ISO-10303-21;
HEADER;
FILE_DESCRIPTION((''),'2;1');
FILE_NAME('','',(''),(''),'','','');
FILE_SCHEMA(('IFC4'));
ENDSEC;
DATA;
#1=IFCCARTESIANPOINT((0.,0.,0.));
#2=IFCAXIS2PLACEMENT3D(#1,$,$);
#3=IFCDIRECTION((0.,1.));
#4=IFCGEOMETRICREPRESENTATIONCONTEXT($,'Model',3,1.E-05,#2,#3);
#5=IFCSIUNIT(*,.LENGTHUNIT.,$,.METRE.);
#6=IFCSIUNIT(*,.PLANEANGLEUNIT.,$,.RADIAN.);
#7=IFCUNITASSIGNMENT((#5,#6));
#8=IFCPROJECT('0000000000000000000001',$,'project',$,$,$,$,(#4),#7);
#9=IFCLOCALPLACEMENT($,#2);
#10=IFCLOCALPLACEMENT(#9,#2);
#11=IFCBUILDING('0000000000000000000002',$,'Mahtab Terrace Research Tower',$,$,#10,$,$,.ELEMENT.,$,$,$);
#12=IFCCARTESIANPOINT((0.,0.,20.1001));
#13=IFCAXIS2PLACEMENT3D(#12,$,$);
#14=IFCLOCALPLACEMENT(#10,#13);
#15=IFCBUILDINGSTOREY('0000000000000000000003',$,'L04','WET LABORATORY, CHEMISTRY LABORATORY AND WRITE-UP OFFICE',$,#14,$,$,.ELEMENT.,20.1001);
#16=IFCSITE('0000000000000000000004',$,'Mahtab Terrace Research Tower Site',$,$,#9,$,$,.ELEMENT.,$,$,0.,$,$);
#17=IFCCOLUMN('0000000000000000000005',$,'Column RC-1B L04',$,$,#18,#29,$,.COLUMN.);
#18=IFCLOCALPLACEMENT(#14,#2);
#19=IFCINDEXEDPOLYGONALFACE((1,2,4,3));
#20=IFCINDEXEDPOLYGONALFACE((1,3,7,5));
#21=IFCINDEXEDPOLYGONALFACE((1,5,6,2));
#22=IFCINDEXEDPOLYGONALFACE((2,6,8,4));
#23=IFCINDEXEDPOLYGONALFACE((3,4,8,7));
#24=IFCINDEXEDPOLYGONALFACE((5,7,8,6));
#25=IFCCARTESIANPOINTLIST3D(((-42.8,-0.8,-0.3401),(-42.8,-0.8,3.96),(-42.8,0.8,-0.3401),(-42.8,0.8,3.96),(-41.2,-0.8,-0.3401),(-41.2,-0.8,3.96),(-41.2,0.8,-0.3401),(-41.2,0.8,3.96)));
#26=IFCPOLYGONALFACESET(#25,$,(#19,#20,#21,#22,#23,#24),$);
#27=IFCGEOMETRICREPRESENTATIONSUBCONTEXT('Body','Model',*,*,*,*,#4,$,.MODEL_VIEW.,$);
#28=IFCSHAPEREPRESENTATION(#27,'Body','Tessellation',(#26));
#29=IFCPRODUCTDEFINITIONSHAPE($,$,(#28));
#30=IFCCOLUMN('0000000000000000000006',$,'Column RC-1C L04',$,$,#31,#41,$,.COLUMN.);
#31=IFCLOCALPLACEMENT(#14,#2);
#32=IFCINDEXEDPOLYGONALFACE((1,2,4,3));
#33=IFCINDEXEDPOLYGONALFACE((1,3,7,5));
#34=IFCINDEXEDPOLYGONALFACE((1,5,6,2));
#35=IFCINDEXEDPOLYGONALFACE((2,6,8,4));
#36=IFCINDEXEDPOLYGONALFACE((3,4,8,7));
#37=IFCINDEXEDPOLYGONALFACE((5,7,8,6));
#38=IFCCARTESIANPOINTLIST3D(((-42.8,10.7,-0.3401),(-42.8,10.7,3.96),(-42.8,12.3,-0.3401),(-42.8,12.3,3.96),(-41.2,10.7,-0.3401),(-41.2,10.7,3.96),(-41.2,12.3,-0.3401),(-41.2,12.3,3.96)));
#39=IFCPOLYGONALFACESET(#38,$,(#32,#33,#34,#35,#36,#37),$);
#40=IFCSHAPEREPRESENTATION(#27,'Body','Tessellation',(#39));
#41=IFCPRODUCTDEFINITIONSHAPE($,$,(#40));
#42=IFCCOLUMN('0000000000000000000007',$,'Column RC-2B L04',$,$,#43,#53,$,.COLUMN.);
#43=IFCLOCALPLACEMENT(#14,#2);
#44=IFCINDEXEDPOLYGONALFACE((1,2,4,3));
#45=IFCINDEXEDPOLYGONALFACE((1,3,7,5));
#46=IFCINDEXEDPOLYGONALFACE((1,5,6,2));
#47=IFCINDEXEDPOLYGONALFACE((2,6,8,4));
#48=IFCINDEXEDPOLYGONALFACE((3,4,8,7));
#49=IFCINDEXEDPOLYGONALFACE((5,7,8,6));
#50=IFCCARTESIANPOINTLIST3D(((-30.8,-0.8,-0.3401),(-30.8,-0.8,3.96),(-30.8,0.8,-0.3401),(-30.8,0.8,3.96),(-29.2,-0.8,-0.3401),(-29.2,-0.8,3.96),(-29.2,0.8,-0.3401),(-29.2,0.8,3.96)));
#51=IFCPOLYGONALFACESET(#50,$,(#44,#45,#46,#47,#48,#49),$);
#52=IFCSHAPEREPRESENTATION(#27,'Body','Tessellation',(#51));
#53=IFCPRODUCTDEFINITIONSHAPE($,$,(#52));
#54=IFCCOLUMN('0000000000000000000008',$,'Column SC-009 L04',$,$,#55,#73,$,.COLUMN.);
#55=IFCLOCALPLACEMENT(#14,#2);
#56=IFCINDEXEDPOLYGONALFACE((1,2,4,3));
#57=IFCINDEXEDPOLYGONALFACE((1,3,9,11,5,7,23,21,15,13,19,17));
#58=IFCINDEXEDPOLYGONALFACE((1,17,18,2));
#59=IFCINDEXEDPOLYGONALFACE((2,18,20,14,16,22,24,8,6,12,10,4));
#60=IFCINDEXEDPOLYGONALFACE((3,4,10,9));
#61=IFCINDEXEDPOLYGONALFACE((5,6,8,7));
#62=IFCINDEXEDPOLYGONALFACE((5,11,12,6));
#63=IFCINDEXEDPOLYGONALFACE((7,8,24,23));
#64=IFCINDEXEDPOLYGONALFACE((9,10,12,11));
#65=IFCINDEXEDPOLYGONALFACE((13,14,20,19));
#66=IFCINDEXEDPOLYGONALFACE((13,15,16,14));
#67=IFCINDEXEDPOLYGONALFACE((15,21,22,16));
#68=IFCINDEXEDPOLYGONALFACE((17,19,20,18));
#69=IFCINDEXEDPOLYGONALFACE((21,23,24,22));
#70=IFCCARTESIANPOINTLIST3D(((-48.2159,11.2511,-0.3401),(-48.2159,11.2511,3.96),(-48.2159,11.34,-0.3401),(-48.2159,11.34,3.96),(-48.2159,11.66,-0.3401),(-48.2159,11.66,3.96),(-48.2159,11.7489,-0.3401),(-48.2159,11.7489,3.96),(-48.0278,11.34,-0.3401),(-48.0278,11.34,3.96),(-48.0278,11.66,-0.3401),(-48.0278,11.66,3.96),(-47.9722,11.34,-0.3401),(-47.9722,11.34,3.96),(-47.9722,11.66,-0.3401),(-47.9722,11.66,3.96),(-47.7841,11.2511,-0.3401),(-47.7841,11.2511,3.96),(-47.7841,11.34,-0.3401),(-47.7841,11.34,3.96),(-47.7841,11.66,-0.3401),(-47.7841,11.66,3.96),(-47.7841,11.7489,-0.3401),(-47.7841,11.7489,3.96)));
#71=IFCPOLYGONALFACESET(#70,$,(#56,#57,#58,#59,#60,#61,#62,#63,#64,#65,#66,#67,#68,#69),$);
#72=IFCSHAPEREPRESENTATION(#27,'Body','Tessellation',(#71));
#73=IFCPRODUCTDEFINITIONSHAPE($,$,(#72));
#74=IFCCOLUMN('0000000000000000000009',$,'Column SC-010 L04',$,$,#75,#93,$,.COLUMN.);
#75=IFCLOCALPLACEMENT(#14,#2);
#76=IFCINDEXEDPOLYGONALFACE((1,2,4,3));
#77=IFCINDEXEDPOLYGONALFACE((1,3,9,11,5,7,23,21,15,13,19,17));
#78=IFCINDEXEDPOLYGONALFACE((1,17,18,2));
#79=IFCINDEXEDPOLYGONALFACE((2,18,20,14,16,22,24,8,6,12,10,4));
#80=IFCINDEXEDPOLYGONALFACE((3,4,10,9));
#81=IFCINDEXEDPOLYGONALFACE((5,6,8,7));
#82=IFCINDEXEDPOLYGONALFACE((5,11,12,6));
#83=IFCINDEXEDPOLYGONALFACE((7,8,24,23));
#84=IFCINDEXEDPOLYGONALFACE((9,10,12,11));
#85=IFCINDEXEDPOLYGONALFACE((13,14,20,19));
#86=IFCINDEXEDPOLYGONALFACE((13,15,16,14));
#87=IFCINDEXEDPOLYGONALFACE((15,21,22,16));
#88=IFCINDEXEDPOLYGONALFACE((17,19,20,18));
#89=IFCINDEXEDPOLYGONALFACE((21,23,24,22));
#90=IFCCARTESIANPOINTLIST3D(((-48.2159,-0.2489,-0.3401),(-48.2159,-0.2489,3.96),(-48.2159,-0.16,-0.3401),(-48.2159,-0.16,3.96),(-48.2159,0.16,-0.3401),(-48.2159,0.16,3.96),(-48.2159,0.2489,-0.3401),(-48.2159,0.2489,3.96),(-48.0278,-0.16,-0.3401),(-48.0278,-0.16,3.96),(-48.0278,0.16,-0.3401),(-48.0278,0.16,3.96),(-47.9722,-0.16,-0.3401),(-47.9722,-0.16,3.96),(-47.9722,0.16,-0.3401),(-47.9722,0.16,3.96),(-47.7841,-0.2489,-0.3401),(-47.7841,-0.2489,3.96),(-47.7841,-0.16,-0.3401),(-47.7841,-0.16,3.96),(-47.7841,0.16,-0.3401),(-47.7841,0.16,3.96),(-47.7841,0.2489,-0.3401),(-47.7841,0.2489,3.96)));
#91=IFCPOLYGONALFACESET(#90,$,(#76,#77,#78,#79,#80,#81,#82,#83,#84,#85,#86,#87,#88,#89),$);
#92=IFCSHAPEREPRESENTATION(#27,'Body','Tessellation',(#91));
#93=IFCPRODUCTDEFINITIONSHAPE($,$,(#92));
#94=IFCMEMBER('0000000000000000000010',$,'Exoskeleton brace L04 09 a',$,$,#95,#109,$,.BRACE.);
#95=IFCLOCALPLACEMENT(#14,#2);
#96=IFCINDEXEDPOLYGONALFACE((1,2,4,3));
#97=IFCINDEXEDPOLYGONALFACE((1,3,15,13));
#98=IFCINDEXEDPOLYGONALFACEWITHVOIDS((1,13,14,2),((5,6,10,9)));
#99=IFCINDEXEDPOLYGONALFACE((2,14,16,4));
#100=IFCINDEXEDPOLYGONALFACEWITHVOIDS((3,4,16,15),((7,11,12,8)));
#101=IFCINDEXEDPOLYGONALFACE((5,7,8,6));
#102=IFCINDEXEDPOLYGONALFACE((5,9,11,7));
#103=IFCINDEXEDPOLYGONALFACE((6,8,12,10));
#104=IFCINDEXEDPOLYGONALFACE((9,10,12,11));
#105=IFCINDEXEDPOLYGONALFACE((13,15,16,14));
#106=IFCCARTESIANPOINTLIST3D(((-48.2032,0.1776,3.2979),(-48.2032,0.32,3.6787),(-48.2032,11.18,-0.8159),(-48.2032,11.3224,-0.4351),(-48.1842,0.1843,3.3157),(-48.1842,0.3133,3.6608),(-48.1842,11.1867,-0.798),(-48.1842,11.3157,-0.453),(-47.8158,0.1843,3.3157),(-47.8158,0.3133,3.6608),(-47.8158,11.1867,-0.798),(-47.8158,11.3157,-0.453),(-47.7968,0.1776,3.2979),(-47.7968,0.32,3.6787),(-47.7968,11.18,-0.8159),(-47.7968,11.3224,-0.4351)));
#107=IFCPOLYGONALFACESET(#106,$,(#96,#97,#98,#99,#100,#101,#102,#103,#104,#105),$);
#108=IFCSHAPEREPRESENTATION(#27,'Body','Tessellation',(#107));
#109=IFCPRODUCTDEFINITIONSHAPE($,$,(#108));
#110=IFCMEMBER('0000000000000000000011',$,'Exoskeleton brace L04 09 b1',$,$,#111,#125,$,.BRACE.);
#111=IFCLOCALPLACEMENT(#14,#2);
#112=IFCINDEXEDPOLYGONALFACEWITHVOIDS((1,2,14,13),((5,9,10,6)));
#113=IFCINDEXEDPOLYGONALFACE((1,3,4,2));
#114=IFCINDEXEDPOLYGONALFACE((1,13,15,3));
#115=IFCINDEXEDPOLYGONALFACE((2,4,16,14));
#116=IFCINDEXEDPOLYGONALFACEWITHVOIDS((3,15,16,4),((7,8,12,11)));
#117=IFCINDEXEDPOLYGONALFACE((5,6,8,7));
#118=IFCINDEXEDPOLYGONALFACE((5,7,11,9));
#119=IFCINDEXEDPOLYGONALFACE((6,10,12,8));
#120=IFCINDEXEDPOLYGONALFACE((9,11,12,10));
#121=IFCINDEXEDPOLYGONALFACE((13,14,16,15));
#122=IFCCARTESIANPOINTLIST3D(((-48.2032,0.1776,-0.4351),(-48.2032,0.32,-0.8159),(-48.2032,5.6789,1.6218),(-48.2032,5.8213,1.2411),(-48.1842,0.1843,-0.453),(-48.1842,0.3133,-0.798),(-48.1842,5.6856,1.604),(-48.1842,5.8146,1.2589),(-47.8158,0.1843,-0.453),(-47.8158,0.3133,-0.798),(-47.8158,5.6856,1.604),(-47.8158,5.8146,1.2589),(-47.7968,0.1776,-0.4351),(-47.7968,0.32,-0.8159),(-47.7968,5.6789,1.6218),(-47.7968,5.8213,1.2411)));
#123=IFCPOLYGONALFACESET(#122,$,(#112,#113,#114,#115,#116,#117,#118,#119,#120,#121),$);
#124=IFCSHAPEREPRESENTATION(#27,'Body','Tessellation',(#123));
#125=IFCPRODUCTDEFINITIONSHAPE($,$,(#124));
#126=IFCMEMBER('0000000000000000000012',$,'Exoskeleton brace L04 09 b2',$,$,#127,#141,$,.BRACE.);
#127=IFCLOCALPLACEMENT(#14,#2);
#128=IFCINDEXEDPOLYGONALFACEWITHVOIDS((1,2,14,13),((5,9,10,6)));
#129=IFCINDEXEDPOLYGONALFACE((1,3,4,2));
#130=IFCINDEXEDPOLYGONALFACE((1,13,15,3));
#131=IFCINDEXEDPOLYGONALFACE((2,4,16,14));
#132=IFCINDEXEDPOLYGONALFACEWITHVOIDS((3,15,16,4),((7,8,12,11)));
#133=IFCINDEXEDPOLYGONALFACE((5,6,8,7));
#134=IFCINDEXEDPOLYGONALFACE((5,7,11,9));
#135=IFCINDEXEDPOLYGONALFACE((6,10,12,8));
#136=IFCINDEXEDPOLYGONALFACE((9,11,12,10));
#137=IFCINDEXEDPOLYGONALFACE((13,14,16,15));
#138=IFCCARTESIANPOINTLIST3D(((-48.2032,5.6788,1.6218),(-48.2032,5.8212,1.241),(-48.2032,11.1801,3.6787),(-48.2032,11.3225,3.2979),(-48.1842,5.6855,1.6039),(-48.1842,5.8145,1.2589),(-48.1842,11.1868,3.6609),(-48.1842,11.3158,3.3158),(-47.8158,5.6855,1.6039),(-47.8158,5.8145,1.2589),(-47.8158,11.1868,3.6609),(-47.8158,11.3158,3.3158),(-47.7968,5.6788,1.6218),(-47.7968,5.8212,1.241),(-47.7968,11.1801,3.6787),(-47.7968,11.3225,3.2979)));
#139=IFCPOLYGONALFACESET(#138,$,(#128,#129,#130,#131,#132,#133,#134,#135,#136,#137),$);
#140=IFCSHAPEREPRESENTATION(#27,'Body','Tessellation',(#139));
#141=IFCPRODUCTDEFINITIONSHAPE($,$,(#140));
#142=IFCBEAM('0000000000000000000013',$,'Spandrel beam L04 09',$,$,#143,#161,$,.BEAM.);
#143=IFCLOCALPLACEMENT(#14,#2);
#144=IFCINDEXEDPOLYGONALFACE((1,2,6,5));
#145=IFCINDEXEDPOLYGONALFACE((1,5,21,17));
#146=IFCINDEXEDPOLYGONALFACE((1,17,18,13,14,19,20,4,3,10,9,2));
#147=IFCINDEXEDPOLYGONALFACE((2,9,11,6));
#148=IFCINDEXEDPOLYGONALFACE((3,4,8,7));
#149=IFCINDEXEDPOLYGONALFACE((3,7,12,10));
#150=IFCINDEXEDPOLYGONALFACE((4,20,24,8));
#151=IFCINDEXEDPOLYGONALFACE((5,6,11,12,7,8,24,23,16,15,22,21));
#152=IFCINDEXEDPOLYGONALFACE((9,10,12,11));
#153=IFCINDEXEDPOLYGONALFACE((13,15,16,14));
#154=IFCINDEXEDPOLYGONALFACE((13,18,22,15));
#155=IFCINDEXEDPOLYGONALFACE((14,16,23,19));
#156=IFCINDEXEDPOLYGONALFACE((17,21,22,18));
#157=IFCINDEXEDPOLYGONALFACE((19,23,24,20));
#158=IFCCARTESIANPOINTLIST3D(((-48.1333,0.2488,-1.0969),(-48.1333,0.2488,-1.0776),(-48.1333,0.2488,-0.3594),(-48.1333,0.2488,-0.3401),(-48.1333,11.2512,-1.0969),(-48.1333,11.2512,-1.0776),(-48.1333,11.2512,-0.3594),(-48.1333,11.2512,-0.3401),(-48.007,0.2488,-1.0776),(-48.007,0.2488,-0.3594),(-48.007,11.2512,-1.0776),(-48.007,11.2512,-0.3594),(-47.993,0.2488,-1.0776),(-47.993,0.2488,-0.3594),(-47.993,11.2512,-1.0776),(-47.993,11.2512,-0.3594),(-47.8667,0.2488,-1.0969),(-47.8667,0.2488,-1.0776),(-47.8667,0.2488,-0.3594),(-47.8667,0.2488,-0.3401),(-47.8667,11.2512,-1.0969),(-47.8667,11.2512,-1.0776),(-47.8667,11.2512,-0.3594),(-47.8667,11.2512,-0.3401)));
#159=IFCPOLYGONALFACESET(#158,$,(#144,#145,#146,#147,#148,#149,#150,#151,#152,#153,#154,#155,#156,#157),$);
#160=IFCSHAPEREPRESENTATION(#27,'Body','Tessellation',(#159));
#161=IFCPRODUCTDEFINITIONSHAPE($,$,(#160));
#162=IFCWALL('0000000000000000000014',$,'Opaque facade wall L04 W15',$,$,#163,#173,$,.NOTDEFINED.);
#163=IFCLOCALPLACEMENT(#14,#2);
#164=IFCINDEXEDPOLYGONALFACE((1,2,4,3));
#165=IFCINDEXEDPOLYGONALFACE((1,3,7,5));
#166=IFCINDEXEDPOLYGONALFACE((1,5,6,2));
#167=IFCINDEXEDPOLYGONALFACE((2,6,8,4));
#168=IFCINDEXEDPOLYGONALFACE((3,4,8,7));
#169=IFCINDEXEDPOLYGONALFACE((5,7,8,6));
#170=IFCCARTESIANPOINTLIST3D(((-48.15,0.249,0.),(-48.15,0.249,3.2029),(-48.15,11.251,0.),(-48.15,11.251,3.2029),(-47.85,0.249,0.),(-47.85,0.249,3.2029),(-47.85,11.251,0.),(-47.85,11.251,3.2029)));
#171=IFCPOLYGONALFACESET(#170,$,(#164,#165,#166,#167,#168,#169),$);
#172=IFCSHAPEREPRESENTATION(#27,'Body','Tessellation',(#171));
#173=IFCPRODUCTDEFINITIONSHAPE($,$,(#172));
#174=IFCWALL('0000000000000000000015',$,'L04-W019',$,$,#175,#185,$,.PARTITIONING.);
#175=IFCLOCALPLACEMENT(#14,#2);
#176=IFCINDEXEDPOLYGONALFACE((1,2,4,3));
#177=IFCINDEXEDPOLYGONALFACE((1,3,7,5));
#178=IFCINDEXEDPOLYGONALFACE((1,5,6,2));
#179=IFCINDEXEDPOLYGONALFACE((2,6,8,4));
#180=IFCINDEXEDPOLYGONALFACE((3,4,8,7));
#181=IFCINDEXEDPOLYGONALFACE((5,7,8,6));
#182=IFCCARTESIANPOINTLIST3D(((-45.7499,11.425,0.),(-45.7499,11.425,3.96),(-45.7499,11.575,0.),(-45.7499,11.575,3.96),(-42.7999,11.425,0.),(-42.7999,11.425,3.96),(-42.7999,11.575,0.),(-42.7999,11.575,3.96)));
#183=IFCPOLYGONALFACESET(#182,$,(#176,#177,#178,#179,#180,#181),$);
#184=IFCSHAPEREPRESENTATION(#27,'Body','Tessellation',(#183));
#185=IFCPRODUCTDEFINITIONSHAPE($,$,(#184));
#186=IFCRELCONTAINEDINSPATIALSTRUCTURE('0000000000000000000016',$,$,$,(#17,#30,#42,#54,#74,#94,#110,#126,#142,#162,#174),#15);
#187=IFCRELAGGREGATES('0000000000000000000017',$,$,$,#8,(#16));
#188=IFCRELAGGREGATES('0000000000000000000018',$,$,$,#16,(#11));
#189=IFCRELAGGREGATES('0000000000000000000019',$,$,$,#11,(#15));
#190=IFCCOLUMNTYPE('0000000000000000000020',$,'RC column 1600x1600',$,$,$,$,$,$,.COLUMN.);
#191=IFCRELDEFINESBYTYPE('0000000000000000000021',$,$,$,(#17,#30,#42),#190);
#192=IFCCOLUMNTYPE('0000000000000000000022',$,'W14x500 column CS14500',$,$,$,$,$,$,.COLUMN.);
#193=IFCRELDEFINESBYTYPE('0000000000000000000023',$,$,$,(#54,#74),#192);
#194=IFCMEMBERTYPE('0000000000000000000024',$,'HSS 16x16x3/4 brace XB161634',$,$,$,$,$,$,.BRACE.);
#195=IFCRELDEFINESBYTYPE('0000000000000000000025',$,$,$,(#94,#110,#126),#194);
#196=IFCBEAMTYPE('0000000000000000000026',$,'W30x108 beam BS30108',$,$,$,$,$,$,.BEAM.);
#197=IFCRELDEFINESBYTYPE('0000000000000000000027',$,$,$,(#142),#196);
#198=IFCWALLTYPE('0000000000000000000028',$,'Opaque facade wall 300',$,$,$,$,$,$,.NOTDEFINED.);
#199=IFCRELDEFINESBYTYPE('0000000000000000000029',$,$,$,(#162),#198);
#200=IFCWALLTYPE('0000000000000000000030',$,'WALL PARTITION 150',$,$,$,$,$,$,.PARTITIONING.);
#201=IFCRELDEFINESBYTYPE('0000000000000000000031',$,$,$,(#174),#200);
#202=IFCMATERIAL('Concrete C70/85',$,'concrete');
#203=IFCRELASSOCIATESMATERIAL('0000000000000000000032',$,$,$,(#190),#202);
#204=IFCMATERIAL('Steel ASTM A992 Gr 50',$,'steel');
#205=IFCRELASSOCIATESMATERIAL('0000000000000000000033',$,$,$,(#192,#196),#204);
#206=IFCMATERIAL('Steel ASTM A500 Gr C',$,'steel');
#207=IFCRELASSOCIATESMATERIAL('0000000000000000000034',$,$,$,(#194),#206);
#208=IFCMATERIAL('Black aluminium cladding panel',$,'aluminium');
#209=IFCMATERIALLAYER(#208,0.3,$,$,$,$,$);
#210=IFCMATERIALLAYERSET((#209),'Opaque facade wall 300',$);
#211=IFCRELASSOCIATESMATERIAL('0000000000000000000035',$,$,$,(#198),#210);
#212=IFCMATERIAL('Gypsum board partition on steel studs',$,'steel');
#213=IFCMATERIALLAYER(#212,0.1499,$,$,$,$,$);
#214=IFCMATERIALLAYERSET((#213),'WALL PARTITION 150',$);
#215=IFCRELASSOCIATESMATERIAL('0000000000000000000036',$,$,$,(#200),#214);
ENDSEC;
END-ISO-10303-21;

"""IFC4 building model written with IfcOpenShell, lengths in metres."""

from ifc_helpers import new_model, si_unit, direction, frame, frame_2d, origin, origin_2d, place, context, subcontext, project, spatial, rectangle, hollow_rectangle, i_section, extrude, material, layer, layer_set, material_profile, profile_set, type_object, element, save


model = new_model("IFC4")

# Units and contexts
model_context = context("Model", 3, precision=1e-05, world=origin(), true_north=direction((0.0, 1.0)))
body_context = subcontext(model_context, "Body", "Model", "MODEL_VIEW")
ifc_project = project(units=[si_unit("LENGTHUNIT", "METRE"), si_unit("PLANEANGLEUNIT", "RADIAN")], contexts=[model_context])

# Site, building, storey
site_placement = place(None, origin())
site = spatial("IfcSite", under=ifc_project, at=site_placement, Name="Mahtab Terrace Research Tower Site", CompositionType="ELEMENT", RefElevation=0.0)
building_placement = place(site_placement, origin())
building = spatial("IfcBuilding", under=site, at=building_placement, Name="Mahtab Terrace Research Tower", CompositionType="ELEMENT")
storey_placement = place(building_placement, frame((0.0, 0.0, 20.1001)))
storey = spatial("IfcBuildingStorey", under=building, at=storey_placement, Name="L04", Description="WET LABORATORY, CHEMISTRY LABORATORY AND WRITE-UP OFFICE", CompositionType="ELEMENT", Elevation=20.1001)

# Columns
ifc_material_1 = material(Name="Concrete C70/85", Category="concrete")
ifc_material_profile_1 = material_profile(ifc_material_1, rectangle(XDim=1.6001, YDim=1.6001, at=origin_2d()), Name="RC column 1600x1600")
ifc_profile_set_1 = profile_set([ifc_material_profile_1], Name="Concrete C70/85")
column_type_1 = type_object("IfcColumnType", Name="RC column 1600x1600", PredefinedType="COLUMN", material=ifc_profile_set_1)
for number, where, z_axis, x_axis, name in (
    (1, (-42.0, 0.0, -0.3401), (0.0, 0.0, 1.0), (1.0, 0.0, 0.0), "Column RC-1B L04"),
    (2, (-42.0, 11.5, -0.3401), (0.0, 0.0, 1.0), (1.0, 0.0, 0.0), "Column RC-1C L04"),
    (3, (-30.0, 0.0, -0.3401), (0.0, 0.0, 1.0), (1.0, 0.0, 0.0), "Column RC-2B L04"),
):
    element("IfcColumn", number, at=place(storey_placement, frame(where, z_axis=z_axis, x_axis=x_axis)), inside=storey, type_object=column_type_1, Name=name, PredefinedType="COLUMN", context=body_context, shape_type="SweptSolid", body=[
        extrude(rectangle(XDim=1.6001, YDim=1.6001, at=origin_2d()), origin(), (0.0, 0.0, 1.0), 4.3),
    ])
ifc_material_2 = material(Name="Steel ASTM A992 Gr 50", Category="steel")
ifc_material_profile_2 = material_profile(ifc_material_2, i_section(OverallWidth=0.4319, OverallDepth=0.4978, WebThickness=0.0557, FlangeThickness=0.0889, at=origin_2d()), Name="W14X500")
ifc_profile_set_2 = profile_set([ifc_material_profile_2], Name="Steel ASTM A992 Gr 50")
column_type_2 = type_object("IfcColumnType", Name="W14x500 column CS14500", PredefinedType="COLUMN", material=ifc_profile_set_2)
for number, where, z_axis, x_axis, name in (
    (4, (-48.0, 11.5, -0.3401), (0.0, 0.0, 1.0), (1.0, 0.0, 0.0), "Column SC-009 L04"),
    (5, (-48.0, 0.0, -0.3401), (0.0, 0.0, 1.0), (1.0, 0.0, 0.0), "Column SC-010 L04"),
):
    element("IfcColumn", number, at=place(storey_placement, frame(where, z_axis=z_axis, x_axis=x_axis)), inside=storey, type_object=column_type_2, Name=name, PredefinedType="COLUMN", context=body_context, shape_type="SweptSolid", body=[
        extrude(i_section(OverallWidth=0.4319, OverallDepth=0.4978, WebThickness=0.0557, FlangeThickness=0.0889, at=origin_2d()), origin(), (0.0, 0.0, 1.0), 4.3),
    ])

# Members
ifc_material_3 = material(Name="Steel ASTM A500 Gr C", Category="steel")
ifc_material_profile_3 = material_profile(ifc_material_3, hollow_rectangle(XDim=0.4065, YDim=0.4065, WallThickness=0.019, at=origin_2d()), Name="HSS16X16X3/4")
ifc_profile_set_3 = profile_set([ifc_material_profile_3], Name="Steel ASTM A500 Gr C")
member_type = type_object("IfcMemberType", Name="HSS 16x16x3/4 brace XB161634", PredefinedType="BRACE", material=ifc_profile_set_3)
member_placement = place(storey_placement, frame((-48.0, 11.2512, -0.6255), z_axis=(0.0, -0.936669, 0.350217), x_axis=(1.0, 0.0, 0.0)))
element("IfcMember", 6, at=member_placement, inside=storey, type_object=member_type, Name="Exoskeleton brace L04 09 a", PredefinedType="BRACE", context=body_context, shape_type="SweptSolid", body=[
    extrude(hollow_rectangle(XDim=0.4065, YDim=0.4065, WallThickness=0.019, at=origin_2d()), origin(), (0.0, 0.0, 1.0), 11.7463),
])
for number, where, z_axis, x_axis, name in (
    (7, (-48.0, 0.2488, -0.6255), (0.0, 0.936669, 0.350217), (-1.0, 0.0, 0.0), "Exoskeleton brace L04 09 b1"),
    (8, (-48.0, 5.75, 1.4314), (0.0, 0.936669, 0.350217), (-1.0, 0.0, 0.0), "Exoskeleton brace L04 09 b2"),
):
    element("IfcMember", number, at=place(storey_placement, frame(where, z_axis=z_axis, x_axis=x_axis)), inside=storey, type_object=member_type, Name=name, PredefinedType="BRACE", context=body_context, shape_type="SweptSolid", body=[
        extrude(hollow_rectangle(XDim=0.4065, YDim=0.4065, WallThickness=0.019, at=origin_2d()), origin(), (0.0, 0.0, 1.0), 5.8733),
    ])

# Beam
ifc_material_profile_4 = material_profile(ifc_material_2, i_section(OverallWidth=0.2666, OverallDepth=0.7568, WebThickness=0.0139, FlangeThickness=0.0193, at=origin_2d()), Name="W30X108")
ifc_profile_set_4 = profile_set([ifc_material_profile_4], Name="Steel ASTM A992 Gr 50")
beam_type = type_object("IfcBeamType", Name="W30x108 beam BS30108", PredefinedType="BEAM", material=ifc_profile_set_4)
beam_placement = place(storey_placement, frame((-48.0, 11.2512, -0.7185), z_axis=(0.0, -1.0, 0.0), x_axis=(1.0, 0.0, 0.0)))
element("IfcBeam", 9, at=beam_placement, inside=storey, type_object=beam_type, Name="Spandrel beam L04 09", PredefinedType="BEAM", context=body_context, shape_type="SweptSolid", body=[
    extrude(i_section(OverallWidth=0.2666, OverallDepth=0.7568, WebThickness=0.0139, FlangeThickness=0.0193, at=origin_2d()), origin(), (0.0, 0.0, 1.0), 11.0024),
])

# Walls
ifc_material_4 = material(Name="Black aluminium cladding panel", Category="aluminium")
ifc_layer_1 = layer(ifc_material_4, 0.3)
ifc_layer_set_1 = layer_set([ifc_layer_1], Name="Opaque facade wall 300")
wall_type_1 = type_object("IfcWallType", Name="Opaque facade wall 300", PredefinedType="NOTDEFINED", material=ifc_layer_set_1)
wall_1_placement = place(storey_placement, frame((-48.0, 11.251, 0.0), z_axis=(0.0, 0.0, 1.0), x_axis=(0.0, -1.0, 0.0)))
element("IfcWall", 10, at=wall_1_placement, inside=storey, type_object=wall_type_1, Name="Opaque facade wall L04 W15", PredefinedType="NOTDEFINED", context=body_context, shape_type="SweptSolid", body=[
    extrude(rectangle(XDim=11.002, YDim=0.3, at=frame_2d((5.501, 0.0))), origin(), (0.0, 0.0, 1.0), 3.2029),
])
ifc_material_5 = material(Name="Gypsum board partition on steel studs", Category="steel")
ifc_layer_2 = layer(ifc_material_5, 0.1499)
ifc_layer_set_2 = layer_set([ifc_layer_2], Name="WALL PARTITION 150")
wall_type_2 = type_object("IfcWallType", Name="WALL PARTITION 150", PredefinedType="PARTITIONING", material=ifc_layer_set_2)
wall_2_placement = place(storey_placement, frame((-45.75, 11.5, 0.0), z_axis=(0.0, 0.0, 1.0), x_axis=(1.0, 0.0, 0.0)))
element("IfcWall", 11, at=wall_2_placement, inside=storey, type_object=wall_type_2, Name="L04-W019", PredefinedType="PARTITIONING", context=body_context, shape_type="SweptSolid", body=[
    extrude(rectangle(XDim=2.95, YDim=0.1499, at=frame_2d((1.4751, 0.0))), origin(), (0.0, 0.0, 1.0), 3.96),
])

save(model, "model.ifc")
